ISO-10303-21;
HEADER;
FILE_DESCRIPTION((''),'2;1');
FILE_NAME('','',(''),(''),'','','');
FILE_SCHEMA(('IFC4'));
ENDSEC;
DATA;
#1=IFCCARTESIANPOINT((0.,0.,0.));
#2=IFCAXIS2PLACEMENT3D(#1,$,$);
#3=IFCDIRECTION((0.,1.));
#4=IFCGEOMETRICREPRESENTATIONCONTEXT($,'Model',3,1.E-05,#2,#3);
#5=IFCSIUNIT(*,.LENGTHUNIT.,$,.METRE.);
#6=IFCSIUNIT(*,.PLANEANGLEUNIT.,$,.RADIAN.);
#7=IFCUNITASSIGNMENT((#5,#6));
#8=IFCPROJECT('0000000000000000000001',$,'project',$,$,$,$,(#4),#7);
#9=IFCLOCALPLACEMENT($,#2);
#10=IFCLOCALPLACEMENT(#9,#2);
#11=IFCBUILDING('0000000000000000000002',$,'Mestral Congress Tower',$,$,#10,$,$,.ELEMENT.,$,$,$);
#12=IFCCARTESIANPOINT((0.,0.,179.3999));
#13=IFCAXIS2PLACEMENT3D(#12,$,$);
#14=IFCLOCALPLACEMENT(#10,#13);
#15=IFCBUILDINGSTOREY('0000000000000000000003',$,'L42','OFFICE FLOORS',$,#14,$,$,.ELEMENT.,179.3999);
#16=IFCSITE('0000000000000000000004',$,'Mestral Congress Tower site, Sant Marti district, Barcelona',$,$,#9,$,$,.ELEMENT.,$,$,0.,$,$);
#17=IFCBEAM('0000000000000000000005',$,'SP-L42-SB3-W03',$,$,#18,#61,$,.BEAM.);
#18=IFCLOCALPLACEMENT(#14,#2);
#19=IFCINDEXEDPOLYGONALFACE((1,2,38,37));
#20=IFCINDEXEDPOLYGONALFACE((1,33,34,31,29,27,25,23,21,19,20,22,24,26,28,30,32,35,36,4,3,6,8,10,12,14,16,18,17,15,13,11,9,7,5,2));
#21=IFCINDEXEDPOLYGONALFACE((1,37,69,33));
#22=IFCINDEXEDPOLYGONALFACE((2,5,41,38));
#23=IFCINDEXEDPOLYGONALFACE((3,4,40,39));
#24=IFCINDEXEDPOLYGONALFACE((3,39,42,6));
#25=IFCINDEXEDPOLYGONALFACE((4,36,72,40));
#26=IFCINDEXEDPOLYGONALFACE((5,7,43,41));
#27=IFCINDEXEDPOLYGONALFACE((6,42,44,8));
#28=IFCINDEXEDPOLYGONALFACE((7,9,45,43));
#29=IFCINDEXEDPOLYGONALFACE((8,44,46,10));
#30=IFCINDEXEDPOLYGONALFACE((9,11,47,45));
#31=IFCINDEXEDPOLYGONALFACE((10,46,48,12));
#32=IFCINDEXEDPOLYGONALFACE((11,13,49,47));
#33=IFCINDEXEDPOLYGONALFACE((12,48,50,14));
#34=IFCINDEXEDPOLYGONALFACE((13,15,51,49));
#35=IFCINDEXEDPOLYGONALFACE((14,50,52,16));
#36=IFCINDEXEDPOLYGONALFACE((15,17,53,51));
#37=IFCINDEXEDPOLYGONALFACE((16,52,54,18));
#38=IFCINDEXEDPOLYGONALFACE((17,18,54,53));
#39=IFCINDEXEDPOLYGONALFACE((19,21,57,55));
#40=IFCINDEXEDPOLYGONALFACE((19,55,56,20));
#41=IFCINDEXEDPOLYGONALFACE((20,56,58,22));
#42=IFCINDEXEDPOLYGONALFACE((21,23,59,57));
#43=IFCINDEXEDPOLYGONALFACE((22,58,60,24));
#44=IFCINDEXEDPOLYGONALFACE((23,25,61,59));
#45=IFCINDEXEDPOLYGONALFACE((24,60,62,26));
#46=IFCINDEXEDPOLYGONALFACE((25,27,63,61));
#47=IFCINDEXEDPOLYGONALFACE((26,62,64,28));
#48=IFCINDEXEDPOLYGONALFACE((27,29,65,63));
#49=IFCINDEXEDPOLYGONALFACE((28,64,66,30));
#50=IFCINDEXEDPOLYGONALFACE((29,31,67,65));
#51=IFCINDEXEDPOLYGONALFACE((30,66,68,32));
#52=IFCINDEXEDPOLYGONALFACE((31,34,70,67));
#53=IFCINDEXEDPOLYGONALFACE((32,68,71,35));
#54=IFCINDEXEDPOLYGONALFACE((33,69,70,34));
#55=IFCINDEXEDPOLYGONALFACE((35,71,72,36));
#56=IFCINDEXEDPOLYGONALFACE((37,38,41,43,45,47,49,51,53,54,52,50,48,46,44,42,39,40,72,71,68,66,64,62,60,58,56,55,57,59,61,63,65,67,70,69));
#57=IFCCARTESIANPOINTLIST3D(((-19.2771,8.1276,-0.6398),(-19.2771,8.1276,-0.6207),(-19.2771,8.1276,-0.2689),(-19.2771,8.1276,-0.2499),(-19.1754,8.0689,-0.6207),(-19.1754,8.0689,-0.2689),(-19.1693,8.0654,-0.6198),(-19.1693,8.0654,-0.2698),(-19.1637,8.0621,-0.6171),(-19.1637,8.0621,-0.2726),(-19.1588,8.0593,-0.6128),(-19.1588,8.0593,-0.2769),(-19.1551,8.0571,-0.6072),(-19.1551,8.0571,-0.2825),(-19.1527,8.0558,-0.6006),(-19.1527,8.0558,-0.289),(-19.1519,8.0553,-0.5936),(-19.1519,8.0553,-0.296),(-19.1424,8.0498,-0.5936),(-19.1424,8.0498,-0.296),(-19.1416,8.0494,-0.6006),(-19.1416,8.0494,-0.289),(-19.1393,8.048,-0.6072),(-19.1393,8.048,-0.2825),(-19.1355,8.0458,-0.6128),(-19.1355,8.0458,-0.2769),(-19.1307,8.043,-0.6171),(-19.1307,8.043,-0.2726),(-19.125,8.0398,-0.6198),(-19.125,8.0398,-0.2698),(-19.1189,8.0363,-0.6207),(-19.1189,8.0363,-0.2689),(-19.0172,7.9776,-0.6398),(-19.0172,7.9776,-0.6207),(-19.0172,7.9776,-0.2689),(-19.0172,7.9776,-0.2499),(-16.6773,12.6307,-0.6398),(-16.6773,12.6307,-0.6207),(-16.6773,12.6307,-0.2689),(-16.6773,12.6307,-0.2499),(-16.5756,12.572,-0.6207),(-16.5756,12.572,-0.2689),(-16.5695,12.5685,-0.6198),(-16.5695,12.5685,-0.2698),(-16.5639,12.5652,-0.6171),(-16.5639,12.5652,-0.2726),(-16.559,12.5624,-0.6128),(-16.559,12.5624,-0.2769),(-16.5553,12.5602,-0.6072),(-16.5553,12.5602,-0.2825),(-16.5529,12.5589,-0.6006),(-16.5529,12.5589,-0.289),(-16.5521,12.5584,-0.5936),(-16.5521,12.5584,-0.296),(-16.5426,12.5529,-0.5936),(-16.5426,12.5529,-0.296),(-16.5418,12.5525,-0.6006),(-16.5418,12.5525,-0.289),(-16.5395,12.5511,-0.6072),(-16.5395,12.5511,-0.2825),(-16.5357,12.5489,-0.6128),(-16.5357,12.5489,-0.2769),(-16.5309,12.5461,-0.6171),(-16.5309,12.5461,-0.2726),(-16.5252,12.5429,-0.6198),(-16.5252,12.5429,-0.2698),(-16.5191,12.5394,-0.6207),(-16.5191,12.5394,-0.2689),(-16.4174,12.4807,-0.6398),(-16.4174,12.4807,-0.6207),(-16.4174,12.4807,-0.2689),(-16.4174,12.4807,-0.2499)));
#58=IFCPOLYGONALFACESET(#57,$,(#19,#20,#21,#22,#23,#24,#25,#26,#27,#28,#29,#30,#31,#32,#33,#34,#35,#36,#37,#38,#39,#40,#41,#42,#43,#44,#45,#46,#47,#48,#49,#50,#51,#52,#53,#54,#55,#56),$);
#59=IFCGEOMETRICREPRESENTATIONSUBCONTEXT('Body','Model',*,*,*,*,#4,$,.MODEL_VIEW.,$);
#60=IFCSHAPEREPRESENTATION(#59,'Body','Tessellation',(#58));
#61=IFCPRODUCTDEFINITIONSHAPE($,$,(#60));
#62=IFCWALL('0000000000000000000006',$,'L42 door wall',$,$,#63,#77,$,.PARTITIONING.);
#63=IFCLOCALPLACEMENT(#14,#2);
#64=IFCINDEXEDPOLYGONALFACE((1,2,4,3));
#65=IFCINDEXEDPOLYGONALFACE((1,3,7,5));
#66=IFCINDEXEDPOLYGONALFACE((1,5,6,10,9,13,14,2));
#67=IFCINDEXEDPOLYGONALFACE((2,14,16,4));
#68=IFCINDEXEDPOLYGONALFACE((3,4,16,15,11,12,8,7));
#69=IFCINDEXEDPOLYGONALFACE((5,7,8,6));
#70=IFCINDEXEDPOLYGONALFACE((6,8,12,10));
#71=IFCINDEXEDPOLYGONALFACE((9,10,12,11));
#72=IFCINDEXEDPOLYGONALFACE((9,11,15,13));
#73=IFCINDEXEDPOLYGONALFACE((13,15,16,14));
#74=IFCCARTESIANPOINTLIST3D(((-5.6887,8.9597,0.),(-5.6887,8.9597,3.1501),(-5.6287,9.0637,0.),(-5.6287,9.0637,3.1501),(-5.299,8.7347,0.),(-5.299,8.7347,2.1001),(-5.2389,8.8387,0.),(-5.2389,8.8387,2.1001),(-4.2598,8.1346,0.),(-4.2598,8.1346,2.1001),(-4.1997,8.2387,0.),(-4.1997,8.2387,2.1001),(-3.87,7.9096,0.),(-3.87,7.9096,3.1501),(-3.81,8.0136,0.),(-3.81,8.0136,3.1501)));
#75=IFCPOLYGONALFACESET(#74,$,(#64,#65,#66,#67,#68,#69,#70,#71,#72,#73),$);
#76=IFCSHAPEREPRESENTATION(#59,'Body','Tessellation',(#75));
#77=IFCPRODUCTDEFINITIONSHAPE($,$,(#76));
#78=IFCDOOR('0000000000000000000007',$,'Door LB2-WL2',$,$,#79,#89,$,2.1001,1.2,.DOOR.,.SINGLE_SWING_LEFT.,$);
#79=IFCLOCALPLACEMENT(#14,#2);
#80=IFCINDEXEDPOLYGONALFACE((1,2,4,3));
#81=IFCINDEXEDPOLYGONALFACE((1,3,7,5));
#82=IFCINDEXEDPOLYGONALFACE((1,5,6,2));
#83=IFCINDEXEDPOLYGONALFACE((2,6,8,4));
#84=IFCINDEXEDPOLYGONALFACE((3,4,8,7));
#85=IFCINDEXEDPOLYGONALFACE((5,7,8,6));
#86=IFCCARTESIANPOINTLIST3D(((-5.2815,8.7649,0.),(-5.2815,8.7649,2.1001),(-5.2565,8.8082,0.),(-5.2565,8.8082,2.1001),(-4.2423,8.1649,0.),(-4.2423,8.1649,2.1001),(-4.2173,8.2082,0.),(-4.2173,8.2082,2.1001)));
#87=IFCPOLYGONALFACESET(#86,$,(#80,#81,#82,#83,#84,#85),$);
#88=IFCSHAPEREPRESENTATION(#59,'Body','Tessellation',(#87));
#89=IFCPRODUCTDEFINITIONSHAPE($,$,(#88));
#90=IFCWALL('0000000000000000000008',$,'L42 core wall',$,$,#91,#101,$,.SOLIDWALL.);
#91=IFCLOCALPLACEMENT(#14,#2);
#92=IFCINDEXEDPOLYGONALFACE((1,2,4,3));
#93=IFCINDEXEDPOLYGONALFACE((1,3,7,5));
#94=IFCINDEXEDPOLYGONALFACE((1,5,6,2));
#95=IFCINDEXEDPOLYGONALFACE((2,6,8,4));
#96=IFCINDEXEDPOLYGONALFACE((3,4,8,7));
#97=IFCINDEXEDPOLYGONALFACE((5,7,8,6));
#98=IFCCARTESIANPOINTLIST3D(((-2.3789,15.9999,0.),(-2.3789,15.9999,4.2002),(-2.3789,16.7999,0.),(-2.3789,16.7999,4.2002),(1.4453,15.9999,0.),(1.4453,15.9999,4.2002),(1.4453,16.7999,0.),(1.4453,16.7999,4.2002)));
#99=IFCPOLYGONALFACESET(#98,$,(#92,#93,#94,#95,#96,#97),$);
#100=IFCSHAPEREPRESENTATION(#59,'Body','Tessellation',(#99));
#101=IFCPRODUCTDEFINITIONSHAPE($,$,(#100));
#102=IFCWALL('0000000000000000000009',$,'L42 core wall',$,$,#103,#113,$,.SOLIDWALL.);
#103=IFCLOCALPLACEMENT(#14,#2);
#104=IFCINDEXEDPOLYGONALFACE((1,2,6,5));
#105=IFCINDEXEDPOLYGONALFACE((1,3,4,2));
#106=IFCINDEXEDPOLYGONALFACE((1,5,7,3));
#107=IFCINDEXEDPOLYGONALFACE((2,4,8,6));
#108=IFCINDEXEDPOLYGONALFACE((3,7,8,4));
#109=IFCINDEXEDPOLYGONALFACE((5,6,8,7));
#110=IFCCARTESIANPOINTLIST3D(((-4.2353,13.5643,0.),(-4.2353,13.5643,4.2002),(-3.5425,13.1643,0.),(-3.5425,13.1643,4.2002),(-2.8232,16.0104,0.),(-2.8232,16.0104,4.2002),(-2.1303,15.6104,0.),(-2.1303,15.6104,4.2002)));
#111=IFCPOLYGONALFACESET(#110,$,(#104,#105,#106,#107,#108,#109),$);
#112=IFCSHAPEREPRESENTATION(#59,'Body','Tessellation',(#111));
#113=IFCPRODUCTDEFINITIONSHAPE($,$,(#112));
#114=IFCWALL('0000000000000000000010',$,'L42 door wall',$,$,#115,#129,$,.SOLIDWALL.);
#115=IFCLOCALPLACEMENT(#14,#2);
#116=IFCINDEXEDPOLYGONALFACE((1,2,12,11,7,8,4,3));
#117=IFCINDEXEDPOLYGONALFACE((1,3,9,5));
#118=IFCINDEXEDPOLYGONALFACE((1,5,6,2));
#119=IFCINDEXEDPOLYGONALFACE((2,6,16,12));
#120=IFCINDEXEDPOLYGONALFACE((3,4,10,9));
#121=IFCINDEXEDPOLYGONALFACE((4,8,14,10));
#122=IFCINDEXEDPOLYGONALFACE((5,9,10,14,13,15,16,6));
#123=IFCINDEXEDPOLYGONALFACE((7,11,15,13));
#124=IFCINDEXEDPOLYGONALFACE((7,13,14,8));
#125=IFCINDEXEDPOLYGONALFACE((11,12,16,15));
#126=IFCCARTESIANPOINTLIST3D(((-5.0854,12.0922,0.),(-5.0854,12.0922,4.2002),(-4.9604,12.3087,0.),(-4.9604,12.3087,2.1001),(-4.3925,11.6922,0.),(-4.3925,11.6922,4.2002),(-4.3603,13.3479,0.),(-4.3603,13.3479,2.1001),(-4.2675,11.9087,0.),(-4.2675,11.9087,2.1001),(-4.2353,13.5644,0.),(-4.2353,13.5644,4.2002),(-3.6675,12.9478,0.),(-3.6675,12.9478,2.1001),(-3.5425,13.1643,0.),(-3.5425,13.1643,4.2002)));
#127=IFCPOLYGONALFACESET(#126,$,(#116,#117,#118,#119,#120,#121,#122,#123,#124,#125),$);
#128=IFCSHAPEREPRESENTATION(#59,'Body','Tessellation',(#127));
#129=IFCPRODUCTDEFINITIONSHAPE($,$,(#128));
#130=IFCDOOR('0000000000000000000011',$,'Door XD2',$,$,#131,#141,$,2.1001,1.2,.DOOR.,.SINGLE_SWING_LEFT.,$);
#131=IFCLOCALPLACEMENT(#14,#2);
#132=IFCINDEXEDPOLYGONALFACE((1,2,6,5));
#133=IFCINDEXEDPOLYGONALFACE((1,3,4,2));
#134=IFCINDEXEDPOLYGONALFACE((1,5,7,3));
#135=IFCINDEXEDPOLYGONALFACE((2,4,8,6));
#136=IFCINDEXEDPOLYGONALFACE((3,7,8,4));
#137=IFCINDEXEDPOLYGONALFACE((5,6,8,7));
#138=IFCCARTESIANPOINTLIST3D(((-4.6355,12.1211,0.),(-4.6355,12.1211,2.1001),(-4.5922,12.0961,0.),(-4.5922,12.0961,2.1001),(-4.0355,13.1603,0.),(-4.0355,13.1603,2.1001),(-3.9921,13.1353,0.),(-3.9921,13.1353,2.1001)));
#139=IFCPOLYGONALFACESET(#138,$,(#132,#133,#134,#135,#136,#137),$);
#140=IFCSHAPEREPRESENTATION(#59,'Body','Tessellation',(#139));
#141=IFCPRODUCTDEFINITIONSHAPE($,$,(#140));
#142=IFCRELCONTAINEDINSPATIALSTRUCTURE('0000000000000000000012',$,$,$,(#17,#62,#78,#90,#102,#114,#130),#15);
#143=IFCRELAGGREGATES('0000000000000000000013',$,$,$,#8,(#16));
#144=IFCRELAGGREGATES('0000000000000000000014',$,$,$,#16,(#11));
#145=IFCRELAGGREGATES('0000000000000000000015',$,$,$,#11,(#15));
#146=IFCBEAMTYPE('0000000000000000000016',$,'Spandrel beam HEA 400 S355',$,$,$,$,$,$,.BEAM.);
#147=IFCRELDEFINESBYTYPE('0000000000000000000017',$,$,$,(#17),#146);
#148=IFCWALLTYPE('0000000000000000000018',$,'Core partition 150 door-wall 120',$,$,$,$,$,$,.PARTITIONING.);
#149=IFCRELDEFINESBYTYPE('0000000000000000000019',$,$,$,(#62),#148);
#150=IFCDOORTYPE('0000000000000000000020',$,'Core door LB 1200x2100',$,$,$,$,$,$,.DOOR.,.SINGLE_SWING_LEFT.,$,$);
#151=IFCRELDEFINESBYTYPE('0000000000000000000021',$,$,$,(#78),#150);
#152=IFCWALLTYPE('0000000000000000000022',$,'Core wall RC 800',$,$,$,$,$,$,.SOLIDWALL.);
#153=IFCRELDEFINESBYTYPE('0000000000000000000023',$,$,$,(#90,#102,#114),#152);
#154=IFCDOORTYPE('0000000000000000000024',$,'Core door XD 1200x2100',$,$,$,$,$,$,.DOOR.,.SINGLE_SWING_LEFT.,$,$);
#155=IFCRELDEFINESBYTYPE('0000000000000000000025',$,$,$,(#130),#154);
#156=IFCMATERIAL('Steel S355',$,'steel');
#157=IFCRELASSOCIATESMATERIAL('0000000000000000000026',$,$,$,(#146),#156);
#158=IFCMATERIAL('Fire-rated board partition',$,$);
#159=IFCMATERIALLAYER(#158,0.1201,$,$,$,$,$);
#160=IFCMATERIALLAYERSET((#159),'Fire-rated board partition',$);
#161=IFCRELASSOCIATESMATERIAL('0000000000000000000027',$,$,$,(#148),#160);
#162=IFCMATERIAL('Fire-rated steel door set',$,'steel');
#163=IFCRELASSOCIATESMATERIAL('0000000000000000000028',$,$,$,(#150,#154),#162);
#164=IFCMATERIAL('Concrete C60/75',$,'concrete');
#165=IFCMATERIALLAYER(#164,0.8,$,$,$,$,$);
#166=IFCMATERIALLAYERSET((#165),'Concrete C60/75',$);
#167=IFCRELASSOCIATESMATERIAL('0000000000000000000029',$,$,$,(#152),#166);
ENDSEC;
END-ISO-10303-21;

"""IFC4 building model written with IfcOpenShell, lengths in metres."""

from ifc_helpers import new_model, si_unit, direction, frame, frame_2d, origin, origin_2d, place, context, subcontext, project, spatial, rectangle, i_section, extrude, material, layer, layer_set, material_profile, profile_set, type_object, element, fill, save


model = new_model("IFC4")

# Units and contexts
model_context = context("Model", 3, precision=1e-05, world=origin(), true_north=direction((0.0, 1.0)))
body_context = subcontext(model_context, "Body", "Model", "MODEL_VIEW")
ifc_project = project(units=[si_unit("LENGTHUNIT", "METRE"), si_unit("PLANEANGLEUNIT", "RADIAN")], contexts=[model_context])

# Site, building, storey
site_placement = place(None, origin())
site = spatial("IfcSite", under=ifc_project, at=site_placement, Name="Mestral Congress Tower site, Sant Marti district, Barcelona", CompositionType="ELEMENT", RefElevation=0.0)
building_placement = place(site_placement, origin())
building = spatial("IfcBuilding", under=site, at=building_placement, Name="Mestral Congress Tower", CompositionType="ELEMENT")
storey_placement = place(building_placement, frame((0.0, 0.0, 179.3999)))
storey = spatial("IfcBuildingStorey", under=building, at=storey_placement, Name="L42", Description="OFFICE FLOORS", CompositionType="ELEMENT", Elevation=179.3999)

# Shared definitions
ifc_material_1 = material(Name="Concrete C60/75", Category="concrete")

# Beam
ifc_material_2 = material(Name="Steel S355", Category="steel")
ifc_material_profile_1 = material_profile(ifc_material_2, i_section(OverallWidth=0.3, OverallDepth=0.3899, WebThickness=0.011, FlangeThickness=0.019, FilletRadius=0.0271, at=origin_2d()), Name="HEA 400")
ifc_profile_set_1 = profile_set([ifc_material_profile_1], Name="Steel S355")
beam_type_1 = type_object("IfcBeamType", Name="Spandrel beam HEA 400 S355", PredefinedType="BEAM", material=ifc_profile_set_1)
beam_1_placement = place(storey_placement, frame((-16.5474, 12.5557, -0.4448), z_axis=(-0.499992, -0.86603, 0.0), x_axis=(0.86603, -0.499992, 0.0)))
element("IfcBeam", 1, at=beam_1_placement, inside=storey, type_object=beam_type_1, Name="SP-L42-SB3-W03", PredefinedType="BEAM", context=body_context, shape_type="SweptSolid", body=[
    extrude(i_section(OverallWidth=0.3, OverallDepth=0.3899, WebThickness=0.011, FlangeThickness=0.019, FilletRadius=0.0271, at=origin_2d()), origin(), (0.0, 0.0, 1.0), 5.1997),
])

# Wall, opening, door
ifc_material_3 = material(Name="Fire-rated board partition")
ifc_layer_1 = layer(ifc_material_3, 0.1201)
ifc_layer_set_1 = layer_set([ifc_layer_1], Name="Fire-rated board partition")
wall_type_1 = type_object("IfcWallType", Name="Core partition 150 door-wall 120", PredefinedType="PARTITIONING", material=ifc_layer_set_1)
wall_1_placement = place(storey_placement, frame((-5.6587, 9.0117, 0.0), z_axis=(0.0, 0.0, 1.0), x_axis=(0.866009, -0.500028, 0.0)))
wall_1 = element("IfcWall", 2, at=wall_1_placement, inside=storey, type_object=wall_type_1, Name="L42 door wall", PredefinedType="PARTITIONING", context=body_context, shape_type="SweptSolid", body=[
    extrude(rectangle(XDim=2.1001, YDim=0.1201, at=frame_2d((1.05, 0.0))), origin(), (0.0, 0.0, 1.0), 3.1501),
])
opening_1_placement = place(wall_1_placement, frame((0.45, 0.0, 0.0)))
opening_1 = element("IfcOpeningElement", 3, at=opening_1_placement, cuts=wall_1, PredefinedType="OPENING", context=body_context, shape_type="SweptSolid", body=[
    extrude(rectangle(XDim=1.2, YDim=2.1001, at=frame_2d((0.6001, 1.05))), frame((0.0, 0.0701, 0.0), z_axis=(0.0, -1.0, 0.0), x_axis=(1.0, 0.0, 0.0)), (0.0, 0.0, 1.0), 0.1401),
])
ifc_material_4 = material(Name="Fire-rated steel door set", Category="steel")
door_type_1 = type_object("IfcDoorType", Name="Core door LB 1200x2100", OperationType="SINGLE_SWING_LEFT", PredefinedType="DOOR", material=ifc_material_4)
door_1_placement = place(opening_1_placement, origin())
door_1 = element("IfcDoor", 4, at=door_1_placement, inside=storey, type_object=door_type_1, Name="Door LB2-WL2", OperationType="SINGLE_SWING_LEFT", OverallHeight=2.1001, OverallWidth=1.2, PredefinedType="DOOR", context=body_context, shape_type="SweptSolid", body=[
    extrude(rectangle(XDim=1.2, YDim=2.1001, at=frame_2d((0.6001, 1.05))), frame((0.0, 0.0249, 0.0), z_axis=(0.0, -1.0, 0.0), x_axis=(1.0, 0.0, 0.0)), (0.0, 0.0, 1.0), 0.05),
])
fill(opening_1, door_1)

# Walls
ifc_layer_2 = layer(ifc_material_1, 0.8)
ifc_layer_set_2 = layer_set([ifc_layer_2], Name="Concrete C60/75")
wall_type_2 = type_object("IfcWallType", Name="Core wall RC 800", PredefinedType="SOLIDWALL", material=ifc_layer_set_2)
wall_2_placement = place(storey_placement, frame((-2.3789, 16.3999, 0.0), z_axis=(0.0, 0.0, 1.0), x_axis=(1.0, 0.0, 0.0)))
element("IfcWall", 5, at=wall_2_placement, inside=storey, type_object=wall_type_2, Name="L42 core wall", PredefinedType="SOLIDWALL", context=body_context, shape_type="SweptSolid", body=[
    extrude(rectangle(XDim=3.8242, YDim=0.8, at=frame_2d((1.9121, 0.0))), origin(), (0.0, 0.0, 1.0), 4.2002),
])
wall_3_placement = place(storey_placement, frame((-2.4768, 15.8103, 0.0), z_axis=(0.0, 0.0, 1.0), x_axis=(-0.499969, -0.866043, 0.0)))
element("IfcWall", 6, at=wall_3_placement, inside=storey, type_object=wall_type_2, Name="L42 core wall", PredefinedType="SOLIDWALL", context=body_context, shape_type="SweptSolid", body=[
    extrude(rectangle(XDim=2.8245, YDim=0.8, at=frame_2d((1.4121, 0.0))), origin(), (0.0, 0.0, 1.0), 4.2002),
])

# Wall, opening, door
wall_4_placement = place(storey_placement, frame((-4.739, 11.8921, 0.0), z_axis=(0.0, 0.0, 1.0), x_axis=(0.500062, 0.865989, 0.0)))
wall_4 = element("IfcWall", 7, at=wall_4_placement, inside=storey, type_object=wall_type_2, Name="L42 door wall", PredefinedType="SOLIDWALL", context=body_context, shape_type="SweptSolid", body=[
    extrude(rectangle(XDim=1.7, YDim=0.8, at=frame_2d((0.8501, 0.0))), origin(), (0.0, 0.0, 1.0), 4.2002),
])
opening_2_placement = place(wall_4_placement, frame((0.25, 0.0, 0.0)))
opening_2 = element("IfcOpeningElement", 8, at=opening_2_placement, cuts=wall_4, PredefinedType="OPENING", context=body_context, shape_type="SweptSolid", body=[
    extrude(rectangle(XDim=1.2, YDim=2.1001, at=frame_2d((0.6001, 1.05))), frame((0.0, 0.4099, 0.0), z_axis=(0.0, -1.0, 0.0), x_axis=(1.0, 0.0, 0.0)), (0.0, 0.0, 1.0), 0.8201),
])
door_type_2 = type_object("IfcDoorType", Name="Core door XD 1200x2100", OperationType="SINGLE_SWING_LEFT", PredefinedType="DOOR", material=ifc_material_4)
door_2_placement = place(opening_2_placement, origin())
door_2 = element("IfcDoor", 9, at=door_2_placement, inside=storey, type_object=door_type_2, Name="Door XD2", OperationType="SINGLE_SWING_LEFT", OverallHeight=2.1001, OverallWidth=1.2, PredefinedType="DOOR", context=body_context, shape_type="SweptSolid", body=[
    extrude(rectangle(XDim=1.2, YDim=2.1001, at=frame_2d((0.6001, 1.05))), frame((0.0, 0.0249, 0.0), z_axis=(0.0, -1.0, 0.0), x_axis=(1.0, 0.0, 0.0)), (0.0, 0.0, 1.0), 0.05),
])
fill(opening_2, door_2)

save(model, "model.ifc")
